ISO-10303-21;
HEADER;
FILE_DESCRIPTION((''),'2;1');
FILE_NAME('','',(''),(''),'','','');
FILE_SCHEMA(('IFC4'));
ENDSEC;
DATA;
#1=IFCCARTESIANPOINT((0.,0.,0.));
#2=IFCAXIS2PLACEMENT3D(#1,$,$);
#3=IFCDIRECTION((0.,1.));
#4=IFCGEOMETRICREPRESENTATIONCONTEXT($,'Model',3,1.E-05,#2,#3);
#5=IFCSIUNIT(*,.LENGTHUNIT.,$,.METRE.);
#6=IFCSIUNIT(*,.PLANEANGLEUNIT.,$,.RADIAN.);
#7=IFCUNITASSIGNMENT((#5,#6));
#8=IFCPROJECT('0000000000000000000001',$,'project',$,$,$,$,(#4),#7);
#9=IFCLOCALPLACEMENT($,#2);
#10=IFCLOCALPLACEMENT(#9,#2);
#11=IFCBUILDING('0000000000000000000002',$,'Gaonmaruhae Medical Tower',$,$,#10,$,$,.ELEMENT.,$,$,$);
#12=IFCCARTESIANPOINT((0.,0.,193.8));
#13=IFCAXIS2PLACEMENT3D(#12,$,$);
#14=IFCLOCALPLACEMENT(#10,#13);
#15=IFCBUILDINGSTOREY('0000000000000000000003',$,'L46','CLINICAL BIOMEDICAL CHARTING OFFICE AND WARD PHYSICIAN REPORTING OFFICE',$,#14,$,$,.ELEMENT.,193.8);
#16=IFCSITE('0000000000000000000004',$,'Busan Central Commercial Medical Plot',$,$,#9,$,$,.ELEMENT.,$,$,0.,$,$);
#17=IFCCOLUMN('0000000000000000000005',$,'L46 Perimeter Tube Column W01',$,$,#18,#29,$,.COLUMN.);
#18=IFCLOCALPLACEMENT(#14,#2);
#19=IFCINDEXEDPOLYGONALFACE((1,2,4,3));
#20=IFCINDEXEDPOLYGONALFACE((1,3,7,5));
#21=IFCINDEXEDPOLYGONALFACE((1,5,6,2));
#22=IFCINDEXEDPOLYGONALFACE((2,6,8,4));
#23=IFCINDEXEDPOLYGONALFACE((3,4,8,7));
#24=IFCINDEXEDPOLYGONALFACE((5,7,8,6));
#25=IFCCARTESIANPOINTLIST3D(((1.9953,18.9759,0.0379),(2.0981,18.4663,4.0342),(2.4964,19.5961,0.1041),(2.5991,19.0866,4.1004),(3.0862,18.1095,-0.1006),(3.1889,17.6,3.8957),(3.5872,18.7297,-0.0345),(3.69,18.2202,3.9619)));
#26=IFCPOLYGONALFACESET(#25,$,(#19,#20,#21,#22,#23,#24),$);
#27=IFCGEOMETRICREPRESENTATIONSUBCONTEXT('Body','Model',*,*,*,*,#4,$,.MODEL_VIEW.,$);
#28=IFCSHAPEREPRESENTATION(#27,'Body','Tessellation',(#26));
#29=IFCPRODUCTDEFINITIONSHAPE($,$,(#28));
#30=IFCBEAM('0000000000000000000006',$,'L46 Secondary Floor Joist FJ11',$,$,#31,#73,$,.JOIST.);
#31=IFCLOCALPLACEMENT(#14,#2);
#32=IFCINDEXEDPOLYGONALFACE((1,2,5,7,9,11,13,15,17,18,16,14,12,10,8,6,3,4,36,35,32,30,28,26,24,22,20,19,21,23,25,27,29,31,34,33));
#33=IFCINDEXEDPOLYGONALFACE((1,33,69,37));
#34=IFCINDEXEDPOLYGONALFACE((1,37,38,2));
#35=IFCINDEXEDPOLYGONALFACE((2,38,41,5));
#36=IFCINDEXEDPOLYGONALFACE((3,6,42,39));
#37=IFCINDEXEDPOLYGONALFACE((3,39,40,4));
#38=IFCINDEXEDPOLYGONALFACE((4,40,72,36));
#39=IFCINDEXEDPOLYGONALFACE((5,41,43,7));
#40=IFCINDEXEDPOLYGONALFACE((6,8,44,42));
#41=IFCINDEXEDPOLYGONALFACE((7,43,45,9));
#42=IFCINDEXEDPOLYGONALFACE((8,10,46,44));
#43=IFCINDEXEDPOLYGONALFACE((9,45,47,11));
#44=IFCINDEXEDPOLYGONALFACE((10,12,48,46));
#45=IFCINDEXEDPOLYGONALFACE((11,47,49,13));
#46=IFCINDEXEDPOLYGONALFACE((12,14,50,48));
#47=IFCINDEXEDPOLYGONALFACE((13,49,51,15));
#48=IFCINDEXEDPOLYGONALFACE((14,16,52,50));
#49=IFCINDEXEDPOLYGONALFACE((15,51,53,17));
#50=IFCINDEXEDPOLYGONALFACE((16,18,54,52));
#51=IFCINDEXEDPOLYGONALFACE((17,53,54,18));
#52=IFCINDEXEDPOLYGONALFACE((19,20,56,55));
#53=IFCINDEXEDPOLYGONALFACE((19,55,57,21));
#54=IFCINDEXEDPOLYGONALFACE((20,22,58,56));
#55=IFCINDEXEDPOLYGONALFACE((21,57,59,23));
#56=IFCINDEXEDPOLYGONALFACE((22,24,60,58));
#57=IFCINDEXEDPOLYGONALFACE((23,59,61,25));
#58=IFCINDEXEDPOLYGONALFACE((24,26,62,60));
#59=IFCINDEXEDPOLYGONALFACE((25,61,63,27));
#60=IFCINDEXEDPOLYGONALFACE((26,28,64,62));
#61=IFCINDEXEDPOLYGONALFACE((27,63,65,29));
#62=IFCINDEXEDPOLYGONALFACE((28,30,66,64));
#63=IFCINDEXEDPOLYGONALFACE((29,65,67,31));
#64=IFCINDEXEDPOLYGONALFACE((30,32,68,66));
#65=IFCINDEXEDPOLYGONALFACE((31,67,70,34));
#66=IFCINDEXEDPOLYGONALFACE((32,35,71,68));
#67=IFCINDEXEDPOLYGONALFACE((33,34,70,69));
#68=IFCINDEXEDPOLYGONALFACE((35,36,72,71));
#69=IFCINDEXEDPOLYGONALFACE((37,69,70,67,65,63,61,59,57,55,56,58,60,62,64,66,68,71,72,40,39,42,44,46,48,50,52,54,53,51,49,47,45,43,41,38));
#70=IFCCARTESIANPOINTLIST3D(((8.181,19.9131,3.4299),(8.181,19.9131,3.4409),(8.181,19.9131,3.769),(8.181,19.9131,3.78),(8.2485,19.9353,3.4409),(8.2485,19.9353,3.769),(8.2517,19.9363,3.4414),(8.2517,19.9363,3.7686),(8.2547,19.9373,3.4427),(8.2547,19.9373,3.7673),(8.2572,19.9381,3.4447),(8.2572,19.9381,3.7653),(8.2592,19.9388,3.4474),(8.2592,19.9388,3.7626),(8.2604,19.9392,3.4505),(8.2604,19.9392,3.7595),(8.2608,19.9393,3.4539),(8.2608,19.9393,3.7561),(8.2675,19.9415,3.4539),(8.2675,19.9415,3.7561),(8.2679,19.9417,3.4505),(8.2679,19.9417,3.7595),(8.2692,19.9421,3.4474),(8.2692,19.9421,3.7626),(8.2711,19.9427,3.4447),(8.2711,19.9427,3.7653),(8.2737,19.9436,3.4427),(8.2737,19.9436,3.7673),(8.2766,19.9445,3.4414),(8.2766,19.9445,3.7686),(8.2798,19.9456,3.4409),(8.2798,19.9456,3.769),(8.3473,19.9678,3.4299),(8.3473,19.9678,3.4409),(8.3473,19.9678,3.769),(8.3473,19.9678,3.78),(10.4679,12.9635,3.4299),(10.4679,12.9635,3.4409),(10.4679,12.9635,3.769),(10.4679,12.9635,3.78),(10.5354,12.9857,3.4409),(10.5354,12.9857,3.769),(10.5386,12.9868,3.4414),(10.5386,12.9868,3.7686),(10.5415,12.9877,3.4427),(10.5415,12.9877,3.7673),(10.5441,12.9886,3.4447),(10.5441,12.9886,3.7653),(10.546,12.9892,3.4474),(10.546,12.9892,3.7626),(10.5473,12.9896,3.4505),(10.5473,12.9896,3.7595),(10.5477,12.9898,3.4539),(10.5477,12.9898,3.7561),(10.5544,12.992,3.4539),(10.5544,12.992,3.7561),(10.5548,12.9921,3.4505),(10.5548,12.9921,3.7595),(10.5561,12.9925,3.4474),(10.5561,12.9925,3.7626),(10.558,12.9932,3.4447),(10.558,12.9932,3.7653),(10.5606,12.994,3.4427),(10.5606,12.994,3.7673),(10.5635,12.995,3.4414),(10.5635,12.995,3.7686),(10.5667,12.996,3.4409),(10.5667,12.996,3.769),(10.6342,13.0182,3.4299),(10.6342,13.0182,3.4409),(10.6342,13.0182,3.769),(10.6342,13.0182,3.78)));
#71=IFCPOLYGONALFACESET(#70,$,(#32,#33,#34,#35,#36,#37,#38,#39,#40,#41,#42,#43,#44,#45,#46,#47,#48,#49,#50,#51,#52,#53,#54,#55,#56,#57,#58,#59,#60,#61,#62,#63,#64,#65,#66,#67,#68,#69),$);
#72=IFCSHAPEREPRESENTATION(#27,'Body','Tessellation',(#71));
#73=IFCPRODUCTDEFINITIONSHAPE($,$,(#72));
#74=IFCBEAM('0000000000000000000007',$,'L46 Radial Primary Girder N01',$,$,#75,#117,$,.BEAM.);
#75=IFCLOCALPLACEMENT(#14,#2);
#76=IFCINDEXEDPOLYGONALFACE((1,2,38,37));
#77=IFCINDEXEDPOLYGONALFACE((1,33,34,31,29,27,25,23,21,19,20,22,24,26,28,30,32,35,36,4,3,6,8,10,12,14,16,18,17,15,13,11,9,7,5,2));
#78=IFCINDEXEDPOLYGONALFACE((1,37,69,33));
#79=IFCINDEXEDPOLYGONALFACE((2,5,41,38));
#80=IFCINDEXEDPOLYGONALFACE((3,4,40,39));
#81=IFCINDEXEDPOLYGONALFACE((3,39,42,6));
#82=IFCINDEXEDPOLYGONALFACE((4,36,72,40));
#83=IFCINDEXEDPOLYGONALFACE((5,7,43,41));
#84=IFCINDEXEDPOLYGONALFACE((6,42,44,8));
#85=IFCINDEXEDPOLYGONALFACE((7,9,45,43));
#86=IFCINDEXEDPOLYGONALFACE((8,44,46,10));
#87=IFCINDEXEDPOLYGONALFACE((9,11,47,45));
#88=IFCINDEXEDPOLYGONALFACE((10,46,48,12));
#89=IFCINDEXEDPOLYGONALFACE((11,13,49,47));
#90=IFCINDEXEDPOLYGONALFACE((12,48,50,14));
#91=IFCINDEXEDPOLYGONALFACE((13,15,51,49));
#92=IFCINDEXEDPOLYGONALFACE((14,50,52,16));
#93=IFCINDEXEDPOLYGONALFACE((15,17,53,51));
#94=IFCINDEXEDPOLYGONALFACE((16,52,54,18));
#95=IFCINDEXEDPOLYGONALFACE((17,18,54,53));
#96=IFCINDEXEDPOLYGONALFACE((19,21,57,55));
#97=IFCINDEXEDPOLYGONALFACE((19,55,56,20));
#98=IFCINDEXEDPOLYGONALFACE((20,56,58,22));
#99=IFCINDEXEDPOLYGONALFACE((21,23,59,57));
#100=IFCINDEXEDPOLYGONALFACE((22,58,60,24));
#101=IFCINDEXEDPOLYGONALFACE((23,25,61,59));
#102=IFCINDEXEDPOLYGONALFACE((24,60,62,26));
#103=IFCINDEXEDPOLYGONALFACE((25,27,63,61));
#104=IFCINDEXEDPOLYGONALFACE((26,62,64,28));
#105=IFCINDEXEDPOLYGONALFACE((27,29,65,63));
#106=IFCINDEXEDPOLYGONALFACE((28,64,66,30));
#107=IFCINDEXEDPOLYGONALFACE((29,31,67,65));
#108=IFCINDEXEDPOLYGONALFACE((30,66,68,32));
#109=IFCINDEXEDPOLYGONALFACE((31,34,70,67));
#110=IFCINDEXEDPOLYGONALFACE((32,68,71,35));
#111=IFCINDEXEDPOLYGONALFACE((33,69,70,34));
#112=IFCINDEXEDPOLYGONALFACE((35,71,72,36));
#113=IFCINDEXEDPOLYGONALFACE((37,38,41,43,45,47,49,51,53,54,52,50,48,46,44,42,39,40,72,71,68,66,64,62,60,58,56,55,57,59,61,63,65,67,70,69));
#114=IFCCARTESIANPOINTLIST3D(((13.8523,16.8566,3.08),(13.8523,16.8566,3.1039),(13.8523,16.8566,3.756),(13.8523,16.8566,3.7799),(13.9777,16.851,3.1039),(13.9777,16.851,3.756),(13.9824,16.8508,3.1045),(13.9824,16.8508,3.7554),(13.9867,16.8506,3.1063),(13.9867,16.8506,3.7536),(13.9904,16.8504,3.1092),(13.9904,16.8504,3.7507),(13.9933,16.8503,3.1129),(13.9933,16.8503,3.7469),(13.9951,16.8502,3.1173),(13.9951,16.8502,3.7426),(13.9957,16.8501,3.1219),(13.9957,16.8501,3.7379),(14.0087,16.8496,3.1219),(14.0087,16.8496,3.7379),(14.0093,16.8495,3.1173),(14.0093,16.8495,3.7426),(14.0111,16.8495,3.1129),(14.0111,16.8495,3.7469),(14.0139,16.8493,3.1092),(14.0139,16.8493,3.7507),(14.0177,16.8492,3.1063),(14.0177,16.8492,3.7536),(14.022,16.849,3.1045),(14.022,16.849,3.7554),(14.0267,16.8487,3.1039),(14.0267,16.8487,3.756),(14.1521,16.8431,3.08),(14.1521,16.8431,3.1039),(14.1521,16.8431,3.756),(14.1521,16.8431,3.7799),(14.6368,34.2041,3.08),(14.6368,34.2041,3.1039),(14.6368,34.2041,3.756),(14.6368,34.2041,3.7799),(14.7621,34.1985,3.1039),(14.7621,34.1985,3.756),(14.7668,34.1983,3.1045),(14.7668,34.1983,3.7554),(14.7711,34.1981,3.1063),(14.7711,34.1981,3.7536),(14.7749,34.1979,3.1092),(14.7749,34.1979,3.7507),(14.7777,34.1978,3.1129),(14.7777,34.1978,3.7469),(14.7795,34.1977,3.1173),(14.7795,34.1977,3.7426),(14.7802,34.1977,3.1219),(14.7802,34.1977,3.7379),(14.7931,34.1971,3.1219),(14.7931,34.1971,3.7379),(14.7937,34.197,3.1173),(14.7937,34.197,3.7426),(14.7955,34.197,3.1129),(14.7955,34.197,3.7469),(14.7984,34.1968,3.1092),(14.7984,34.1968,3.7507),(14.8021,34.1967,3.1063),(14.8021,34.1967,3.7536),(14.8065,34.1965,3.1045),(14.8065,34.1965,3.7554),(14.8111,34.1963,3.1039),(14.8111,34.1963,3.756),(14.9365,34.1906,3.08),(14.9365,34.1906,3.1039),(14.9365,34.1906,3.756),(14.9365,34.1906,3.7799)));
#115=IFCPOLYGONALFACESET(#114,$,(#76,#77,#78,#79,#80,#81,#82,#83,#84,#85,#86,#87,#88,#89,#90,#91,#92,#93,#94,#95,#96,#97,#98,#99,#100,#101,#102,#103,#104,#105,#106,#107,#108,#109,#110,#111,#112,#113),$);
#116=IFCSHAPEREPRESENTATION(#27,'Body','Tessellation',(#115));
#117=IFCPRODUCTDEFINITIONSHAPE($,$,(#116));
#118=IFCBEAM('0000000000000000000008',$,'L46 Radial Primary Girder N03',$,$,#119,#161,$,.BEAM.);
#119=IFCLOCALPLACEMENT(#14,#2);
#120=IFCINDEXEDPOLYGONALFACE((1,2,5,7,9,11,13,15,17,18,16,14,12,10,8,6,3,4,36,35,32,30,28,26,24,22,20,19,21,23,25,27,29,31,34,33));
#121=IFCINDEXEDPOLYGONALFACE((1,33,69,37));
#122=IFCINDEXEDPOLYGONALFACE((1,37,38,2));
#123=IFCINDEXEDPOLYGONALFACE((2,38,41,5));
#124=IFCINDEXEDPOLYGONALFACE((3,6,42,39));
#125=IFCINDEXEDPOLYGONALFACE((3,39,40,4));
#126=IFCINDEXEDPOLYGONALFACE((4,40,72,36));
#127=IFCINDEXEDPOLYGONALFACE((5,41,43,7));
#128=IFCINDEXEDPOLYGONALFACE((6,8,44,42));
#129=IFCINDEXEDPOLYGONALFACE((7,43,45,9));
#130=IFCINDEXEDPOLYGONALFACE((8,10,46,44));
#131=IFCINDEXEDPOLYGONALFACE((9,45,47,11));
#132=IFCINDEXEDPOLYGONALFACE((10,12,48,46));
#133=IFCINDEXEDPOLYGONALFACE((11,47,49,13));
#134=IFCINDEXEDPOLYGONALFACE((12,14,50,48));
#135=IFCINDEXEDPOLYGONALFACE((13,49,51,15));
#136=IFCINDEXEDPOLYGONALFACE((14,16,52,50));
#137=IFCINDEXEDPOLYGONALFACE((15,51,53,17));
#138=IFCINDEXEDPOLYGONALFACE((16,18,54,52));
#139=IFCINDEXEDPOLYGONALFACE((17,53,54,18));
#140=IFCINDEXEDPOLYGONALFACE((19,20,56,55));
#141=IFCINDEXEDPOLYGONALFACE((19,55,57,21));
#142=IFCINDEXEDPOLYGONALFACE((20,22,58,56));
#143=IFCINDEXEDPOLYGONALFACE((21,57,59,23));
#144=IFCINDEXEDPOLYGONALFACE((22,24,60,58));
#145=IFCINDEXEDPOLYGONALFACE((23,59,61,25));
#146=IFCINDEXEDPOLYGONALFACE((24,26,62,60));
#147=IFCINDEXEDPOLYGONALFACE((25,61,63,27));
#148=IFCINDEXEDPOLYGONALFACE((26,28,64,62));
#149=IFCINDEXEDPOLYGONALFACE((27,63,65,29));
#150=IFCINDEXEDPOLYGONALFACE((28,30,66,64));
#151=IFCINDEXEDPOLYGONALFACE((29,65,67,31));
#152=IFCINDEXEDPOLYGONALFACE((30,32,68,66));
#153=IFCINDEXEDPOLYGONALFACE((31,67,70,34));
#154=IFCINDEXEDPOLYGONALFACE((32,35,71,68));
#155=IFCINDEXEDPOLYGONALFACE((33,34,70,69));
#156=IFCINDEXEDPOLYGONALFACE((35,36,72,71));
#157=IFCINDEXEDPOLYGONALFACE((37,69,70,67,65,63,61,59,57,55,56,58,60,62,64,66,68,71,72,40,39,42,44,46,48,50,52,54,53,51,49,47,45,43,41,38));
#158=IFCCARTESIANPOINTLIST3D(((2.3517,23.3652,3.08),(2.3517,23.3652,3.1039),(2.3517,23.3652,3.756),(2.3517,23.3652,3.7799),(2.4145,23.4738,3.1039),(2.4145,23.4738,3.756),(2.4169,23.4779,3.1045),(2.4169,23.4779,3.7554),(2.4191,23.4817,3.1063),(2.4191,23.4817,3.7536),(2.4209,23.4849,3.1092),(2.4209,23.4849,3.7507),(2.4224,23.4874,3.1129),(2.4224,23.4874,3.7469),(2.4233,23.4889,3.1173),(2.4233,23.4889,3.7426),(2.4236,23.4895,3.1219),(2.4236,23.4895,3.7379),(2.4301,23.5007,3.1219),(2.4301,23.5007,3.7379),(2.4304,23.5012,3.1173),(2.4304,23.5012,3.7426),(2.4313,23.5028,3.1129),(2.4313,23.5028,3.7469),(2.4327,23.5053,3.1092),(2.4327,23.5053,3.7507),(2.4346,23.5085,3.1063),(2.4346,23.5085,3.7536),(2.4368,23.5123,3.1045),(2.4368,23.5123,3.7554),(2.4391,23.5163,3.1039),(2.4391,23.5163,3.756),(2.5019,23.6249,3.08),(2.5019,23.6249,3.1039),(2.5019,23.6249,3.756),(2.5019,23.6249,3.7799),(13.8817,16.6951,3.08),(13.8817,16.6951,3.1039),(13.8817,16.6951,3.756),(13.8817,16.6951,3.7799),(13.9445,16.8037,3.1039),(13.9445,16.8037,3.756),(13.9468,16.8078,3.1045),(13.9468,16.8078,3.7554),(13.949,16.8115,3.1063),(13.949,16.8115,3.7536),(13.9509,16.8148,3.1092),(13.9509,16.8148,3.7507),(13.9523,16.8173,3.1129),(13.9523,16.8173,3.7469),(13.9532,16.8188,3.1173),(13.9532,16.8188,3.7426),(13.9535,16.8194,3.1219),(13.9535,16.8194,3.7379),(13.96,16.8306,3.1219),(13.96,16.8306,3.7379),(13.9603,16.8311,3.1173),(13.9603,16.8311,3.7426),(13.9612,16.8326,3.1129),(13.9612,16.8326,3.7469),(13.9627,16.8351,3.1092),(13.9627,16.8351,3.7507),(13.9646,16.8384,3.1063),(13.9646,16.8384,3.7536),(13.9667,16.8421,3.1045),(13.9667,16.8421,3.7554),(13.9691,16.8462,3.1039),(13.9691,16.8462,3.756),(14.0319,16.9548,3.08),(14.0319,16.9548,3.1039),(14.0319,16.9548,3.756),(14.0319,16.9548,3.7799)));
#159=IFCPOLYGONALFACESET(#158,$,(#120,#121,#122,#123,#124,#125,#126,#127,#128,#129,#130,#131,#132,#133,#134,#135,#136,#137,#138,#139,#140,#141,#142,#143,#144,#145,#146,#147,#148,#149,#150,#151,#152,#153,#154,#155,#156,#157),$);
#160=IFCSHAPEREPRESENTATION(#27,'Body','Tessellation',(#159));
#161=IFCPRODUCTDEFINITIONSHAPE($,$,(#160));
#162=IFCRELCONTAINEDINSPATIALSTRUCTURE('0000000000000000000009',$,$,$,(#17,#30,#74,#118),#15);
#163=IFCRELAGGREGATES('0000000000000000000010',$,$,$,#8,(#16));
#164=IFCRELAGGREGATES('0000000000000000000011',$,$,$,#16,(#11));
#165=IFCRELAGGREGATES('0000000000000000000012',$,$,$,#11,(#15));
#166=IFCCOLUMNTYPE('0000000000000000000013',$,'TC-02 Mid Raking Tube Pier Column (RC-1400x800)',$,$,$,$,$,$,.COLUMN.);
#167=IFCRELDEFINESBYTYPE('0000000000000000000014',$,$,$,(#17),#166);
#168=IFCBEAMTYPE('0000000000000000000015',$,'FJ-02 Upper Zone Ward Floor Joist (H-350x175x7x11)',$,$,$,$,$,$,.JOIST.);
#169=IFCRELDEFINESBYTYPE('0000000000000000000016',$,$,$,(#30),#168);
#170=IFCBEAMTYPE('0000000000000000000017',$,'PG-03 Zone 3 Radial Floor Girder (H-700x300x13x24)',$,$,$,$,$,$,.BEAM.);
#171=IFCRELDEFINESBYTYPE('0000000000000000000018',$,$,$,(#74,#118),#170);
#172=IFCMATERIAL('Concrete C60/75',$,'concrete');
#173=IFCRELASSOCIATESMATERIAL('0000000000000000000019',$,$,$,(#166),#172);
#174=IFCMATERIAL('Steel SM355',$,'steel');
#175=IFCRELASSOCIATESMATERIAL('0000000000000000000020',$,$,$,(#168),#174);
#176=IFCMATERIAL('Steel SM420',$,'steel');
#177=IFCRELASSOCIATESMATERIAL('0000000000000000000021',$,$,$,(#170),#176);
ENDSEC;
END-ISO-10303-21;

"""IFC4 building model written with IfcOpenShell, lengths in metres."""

from ifc_helpers import new_model, si_unit, direction, frame, origin, origin_2d, place, context, subcontext, project, spatial, rectangle, i_section, extrude, material, material_profile, profile_set, type_object, element, save


model = new_model("IFC4")

# Units and contexts
model_context = context("Model", 3, precision=1e-05, world=origin(), true_north=direction((0.0, 1.0)))
body_context = subcontext(model_context, "Body", "Model", "MODEL_VIEW")
ifc_project = project(units=[si_unit("LENGTHUNIT", "METRE"), si_unit("PLANEANGLEUNIT", "RADIAN")], contexts=[model_context])

# Site, building, storey
site_placement = place(None, origin())
site = spatial("IfcSite", under=ifc_project, at=site_placement, Name="Busan Central Commercial Medical Plot", CompositionType="ELEMENT", RefElevation=0.0)
building_placement = place(site_placement, origin())
building = spatial("IfcBuilding", under=site, at=building_placement, Name="Gaonmaruhae Medical Tower", CompositionType="ELEMENT")
storey_placement = place(building_placement, frame((0.0, 0.0, 193.8)))
storey = spatial("IfcBuildingStorey", under=building, at=storey_placement, Name="L46", Description="CLINICAL BIOMEDICAL CHARTING OFFICE AND WARD PHYSICIAN REPORTING OFFICE", CompositionType="ELEMENT", Elevation=193.8)

# Column
ifc_material_1 = material(Name="Concrete C60/75", Category="concrete")
ifc_material_profile_1 = material_profile(ifc_material_1, rectangle(XDim=1.3999, YDim=0.8, at=origin_2d()), Name="RC-1400x800")
ifc_profile_set_1 = profile_set([ifc_material_profile_1], Name="Concrete C60/75")
column_type = type_object("IfcColumnType", Name="TC-02 Mid Raking Tube Pier Column (RC-1400x800)", PredefinedType="COLUMN", material=ifc_profile_set_1)
column_placement = place(storey_placement, frame((2.7913, 18.8528, 0.0017), z_axis=(0.025505, -0.126432, 0.991647), x_axis=(-0.779217, 0.618894, 0.098948)))
element("IfcColumn", 1, at=column_placement, inside=storey, type_object=column_type, Name="L46 Perimeter Tube Column W01", PredefinedType="COLUMN", context=body_context, shape_type="SweptSolid", body=[
    extrude(rectangle(XDim=1.3999, YDim=0.8, at=origin_2d()), origin(), (0.0, 0.0, 1.0), 4.03),
])

# Beams
ifc_material_2 = material(Name="Steel SM355", Category="steel")
ifc_material_profile_2 = material_profile(ifc_material_2, i_section(OverallWidth=0.175, OverallDepth=0.3501, WebThickness=0.0071, FlangeThickness=0.011, FilletRadius=0.0129, at=origin_2d()), Name="H-350x175x7x11")
ifc_profile_set_2 = profile_set([ifc_material_profile_2], Name="Steel SM355")
beam_type_1 = type_object("IfcBeamType", Name="FJ-02 Upper Zone Ward Floor Joist (H-350x175x7x11)", PredefinedType="JOIST", material=ifc_profile_set_2)
beam_1_placement = place(storey_placement, frame((8.2642, 19.9404, 3.605), z_axis=(0.312581, -0.949891, 0.0), x_axis=(0.949891, 0.312581, 0.0)))
element("IfcBeam", 2, at=beam_1_placement, inside=storey, type_object=beam_type_1, Name="L46 Secondary Floor Joist FJ11", PredefinedType="JOIST", context=body_context, shape_type="SweptSolid", body=[
    extrude(i_section(OverallWidth=0.175, OverallDepth=0.3501, WebThickness=0.0071, FlangeThickness=0.011, FilletRadius=0.0129, at=origin_2d()), origin(), (0.0, 0.0, 1.0), 7.3162),
])
ifc_material_3 = material(Name="Steel SM420", Category="steel")
ifc_material_profile_3 = material_profile(ifc_material_3, i_section(OverallWidth=0.3, OverallDepth=0.7, WebThickness=0.0129, FlangeThickness=0.0239, FilletRadius=0.0181, at=origin_2d()), Name="H-700x300x13x24")
ifc_profile_set_3 = profile_set([ifc_material_profile_3], Name="Steel SM420")
beam_type_2 = type_object("IfcBeamType", Name="PG-03 Zone 3 Radial Floor Girder (H-700x300x13x24)", PredefinedType="BEAM", material=ifc_profile_set_3)
beam_2_placement = place(storey_placement, frame((14.0022, 16.8499, 3.4299), z_axis=(0.045172, 0.998979, 0.0), x_axis=(-0.998979, 0.045172, 0.0)))
element("IfcBeam", 3, at=beam_2_placement, inside=storey, type_object=beam_type_2, Name="L46 Radial Primary Girder N01", PredefinedType="BEAM", context=body_context, shape_type="SweptSolid", body=[
    extrude(i_section(OverallWidth=0.3, OverallDepth=0.7, WebThickness=0.0129, FlangeThickness=0.0239, FilletRadius=0.0181, at=origin_2d()), origin(), (0.0, 0.0, 1.0), 17.3652),
])
beam_3_placement = place(storey_placement, frame((13.9568, 16.825, 3.4299), z_axis=(-0.865593, 0.500749, 0.0), x_axis=(-0.500749, -0.865593, 0.0)))
element("IfcBeam", 4, at=beam_3_placement, inside=storey, type_object=beam_type_2, Name="L46 Radial Primary Girder N03", PredefinedType="BEAM", context=body_context, shape_type="SweptSolid", body=[
    extrude(i_section(OverallWidth=0.3, OverallDepth=0.7, WebThickness=0.0129, FlangeThickness=0.0239, FilletRadius=0.0181, at=origin_2d()), origin(), (0.0, 0.0, 1.0), 13.3203),
])

save(model, "model.ifc")
